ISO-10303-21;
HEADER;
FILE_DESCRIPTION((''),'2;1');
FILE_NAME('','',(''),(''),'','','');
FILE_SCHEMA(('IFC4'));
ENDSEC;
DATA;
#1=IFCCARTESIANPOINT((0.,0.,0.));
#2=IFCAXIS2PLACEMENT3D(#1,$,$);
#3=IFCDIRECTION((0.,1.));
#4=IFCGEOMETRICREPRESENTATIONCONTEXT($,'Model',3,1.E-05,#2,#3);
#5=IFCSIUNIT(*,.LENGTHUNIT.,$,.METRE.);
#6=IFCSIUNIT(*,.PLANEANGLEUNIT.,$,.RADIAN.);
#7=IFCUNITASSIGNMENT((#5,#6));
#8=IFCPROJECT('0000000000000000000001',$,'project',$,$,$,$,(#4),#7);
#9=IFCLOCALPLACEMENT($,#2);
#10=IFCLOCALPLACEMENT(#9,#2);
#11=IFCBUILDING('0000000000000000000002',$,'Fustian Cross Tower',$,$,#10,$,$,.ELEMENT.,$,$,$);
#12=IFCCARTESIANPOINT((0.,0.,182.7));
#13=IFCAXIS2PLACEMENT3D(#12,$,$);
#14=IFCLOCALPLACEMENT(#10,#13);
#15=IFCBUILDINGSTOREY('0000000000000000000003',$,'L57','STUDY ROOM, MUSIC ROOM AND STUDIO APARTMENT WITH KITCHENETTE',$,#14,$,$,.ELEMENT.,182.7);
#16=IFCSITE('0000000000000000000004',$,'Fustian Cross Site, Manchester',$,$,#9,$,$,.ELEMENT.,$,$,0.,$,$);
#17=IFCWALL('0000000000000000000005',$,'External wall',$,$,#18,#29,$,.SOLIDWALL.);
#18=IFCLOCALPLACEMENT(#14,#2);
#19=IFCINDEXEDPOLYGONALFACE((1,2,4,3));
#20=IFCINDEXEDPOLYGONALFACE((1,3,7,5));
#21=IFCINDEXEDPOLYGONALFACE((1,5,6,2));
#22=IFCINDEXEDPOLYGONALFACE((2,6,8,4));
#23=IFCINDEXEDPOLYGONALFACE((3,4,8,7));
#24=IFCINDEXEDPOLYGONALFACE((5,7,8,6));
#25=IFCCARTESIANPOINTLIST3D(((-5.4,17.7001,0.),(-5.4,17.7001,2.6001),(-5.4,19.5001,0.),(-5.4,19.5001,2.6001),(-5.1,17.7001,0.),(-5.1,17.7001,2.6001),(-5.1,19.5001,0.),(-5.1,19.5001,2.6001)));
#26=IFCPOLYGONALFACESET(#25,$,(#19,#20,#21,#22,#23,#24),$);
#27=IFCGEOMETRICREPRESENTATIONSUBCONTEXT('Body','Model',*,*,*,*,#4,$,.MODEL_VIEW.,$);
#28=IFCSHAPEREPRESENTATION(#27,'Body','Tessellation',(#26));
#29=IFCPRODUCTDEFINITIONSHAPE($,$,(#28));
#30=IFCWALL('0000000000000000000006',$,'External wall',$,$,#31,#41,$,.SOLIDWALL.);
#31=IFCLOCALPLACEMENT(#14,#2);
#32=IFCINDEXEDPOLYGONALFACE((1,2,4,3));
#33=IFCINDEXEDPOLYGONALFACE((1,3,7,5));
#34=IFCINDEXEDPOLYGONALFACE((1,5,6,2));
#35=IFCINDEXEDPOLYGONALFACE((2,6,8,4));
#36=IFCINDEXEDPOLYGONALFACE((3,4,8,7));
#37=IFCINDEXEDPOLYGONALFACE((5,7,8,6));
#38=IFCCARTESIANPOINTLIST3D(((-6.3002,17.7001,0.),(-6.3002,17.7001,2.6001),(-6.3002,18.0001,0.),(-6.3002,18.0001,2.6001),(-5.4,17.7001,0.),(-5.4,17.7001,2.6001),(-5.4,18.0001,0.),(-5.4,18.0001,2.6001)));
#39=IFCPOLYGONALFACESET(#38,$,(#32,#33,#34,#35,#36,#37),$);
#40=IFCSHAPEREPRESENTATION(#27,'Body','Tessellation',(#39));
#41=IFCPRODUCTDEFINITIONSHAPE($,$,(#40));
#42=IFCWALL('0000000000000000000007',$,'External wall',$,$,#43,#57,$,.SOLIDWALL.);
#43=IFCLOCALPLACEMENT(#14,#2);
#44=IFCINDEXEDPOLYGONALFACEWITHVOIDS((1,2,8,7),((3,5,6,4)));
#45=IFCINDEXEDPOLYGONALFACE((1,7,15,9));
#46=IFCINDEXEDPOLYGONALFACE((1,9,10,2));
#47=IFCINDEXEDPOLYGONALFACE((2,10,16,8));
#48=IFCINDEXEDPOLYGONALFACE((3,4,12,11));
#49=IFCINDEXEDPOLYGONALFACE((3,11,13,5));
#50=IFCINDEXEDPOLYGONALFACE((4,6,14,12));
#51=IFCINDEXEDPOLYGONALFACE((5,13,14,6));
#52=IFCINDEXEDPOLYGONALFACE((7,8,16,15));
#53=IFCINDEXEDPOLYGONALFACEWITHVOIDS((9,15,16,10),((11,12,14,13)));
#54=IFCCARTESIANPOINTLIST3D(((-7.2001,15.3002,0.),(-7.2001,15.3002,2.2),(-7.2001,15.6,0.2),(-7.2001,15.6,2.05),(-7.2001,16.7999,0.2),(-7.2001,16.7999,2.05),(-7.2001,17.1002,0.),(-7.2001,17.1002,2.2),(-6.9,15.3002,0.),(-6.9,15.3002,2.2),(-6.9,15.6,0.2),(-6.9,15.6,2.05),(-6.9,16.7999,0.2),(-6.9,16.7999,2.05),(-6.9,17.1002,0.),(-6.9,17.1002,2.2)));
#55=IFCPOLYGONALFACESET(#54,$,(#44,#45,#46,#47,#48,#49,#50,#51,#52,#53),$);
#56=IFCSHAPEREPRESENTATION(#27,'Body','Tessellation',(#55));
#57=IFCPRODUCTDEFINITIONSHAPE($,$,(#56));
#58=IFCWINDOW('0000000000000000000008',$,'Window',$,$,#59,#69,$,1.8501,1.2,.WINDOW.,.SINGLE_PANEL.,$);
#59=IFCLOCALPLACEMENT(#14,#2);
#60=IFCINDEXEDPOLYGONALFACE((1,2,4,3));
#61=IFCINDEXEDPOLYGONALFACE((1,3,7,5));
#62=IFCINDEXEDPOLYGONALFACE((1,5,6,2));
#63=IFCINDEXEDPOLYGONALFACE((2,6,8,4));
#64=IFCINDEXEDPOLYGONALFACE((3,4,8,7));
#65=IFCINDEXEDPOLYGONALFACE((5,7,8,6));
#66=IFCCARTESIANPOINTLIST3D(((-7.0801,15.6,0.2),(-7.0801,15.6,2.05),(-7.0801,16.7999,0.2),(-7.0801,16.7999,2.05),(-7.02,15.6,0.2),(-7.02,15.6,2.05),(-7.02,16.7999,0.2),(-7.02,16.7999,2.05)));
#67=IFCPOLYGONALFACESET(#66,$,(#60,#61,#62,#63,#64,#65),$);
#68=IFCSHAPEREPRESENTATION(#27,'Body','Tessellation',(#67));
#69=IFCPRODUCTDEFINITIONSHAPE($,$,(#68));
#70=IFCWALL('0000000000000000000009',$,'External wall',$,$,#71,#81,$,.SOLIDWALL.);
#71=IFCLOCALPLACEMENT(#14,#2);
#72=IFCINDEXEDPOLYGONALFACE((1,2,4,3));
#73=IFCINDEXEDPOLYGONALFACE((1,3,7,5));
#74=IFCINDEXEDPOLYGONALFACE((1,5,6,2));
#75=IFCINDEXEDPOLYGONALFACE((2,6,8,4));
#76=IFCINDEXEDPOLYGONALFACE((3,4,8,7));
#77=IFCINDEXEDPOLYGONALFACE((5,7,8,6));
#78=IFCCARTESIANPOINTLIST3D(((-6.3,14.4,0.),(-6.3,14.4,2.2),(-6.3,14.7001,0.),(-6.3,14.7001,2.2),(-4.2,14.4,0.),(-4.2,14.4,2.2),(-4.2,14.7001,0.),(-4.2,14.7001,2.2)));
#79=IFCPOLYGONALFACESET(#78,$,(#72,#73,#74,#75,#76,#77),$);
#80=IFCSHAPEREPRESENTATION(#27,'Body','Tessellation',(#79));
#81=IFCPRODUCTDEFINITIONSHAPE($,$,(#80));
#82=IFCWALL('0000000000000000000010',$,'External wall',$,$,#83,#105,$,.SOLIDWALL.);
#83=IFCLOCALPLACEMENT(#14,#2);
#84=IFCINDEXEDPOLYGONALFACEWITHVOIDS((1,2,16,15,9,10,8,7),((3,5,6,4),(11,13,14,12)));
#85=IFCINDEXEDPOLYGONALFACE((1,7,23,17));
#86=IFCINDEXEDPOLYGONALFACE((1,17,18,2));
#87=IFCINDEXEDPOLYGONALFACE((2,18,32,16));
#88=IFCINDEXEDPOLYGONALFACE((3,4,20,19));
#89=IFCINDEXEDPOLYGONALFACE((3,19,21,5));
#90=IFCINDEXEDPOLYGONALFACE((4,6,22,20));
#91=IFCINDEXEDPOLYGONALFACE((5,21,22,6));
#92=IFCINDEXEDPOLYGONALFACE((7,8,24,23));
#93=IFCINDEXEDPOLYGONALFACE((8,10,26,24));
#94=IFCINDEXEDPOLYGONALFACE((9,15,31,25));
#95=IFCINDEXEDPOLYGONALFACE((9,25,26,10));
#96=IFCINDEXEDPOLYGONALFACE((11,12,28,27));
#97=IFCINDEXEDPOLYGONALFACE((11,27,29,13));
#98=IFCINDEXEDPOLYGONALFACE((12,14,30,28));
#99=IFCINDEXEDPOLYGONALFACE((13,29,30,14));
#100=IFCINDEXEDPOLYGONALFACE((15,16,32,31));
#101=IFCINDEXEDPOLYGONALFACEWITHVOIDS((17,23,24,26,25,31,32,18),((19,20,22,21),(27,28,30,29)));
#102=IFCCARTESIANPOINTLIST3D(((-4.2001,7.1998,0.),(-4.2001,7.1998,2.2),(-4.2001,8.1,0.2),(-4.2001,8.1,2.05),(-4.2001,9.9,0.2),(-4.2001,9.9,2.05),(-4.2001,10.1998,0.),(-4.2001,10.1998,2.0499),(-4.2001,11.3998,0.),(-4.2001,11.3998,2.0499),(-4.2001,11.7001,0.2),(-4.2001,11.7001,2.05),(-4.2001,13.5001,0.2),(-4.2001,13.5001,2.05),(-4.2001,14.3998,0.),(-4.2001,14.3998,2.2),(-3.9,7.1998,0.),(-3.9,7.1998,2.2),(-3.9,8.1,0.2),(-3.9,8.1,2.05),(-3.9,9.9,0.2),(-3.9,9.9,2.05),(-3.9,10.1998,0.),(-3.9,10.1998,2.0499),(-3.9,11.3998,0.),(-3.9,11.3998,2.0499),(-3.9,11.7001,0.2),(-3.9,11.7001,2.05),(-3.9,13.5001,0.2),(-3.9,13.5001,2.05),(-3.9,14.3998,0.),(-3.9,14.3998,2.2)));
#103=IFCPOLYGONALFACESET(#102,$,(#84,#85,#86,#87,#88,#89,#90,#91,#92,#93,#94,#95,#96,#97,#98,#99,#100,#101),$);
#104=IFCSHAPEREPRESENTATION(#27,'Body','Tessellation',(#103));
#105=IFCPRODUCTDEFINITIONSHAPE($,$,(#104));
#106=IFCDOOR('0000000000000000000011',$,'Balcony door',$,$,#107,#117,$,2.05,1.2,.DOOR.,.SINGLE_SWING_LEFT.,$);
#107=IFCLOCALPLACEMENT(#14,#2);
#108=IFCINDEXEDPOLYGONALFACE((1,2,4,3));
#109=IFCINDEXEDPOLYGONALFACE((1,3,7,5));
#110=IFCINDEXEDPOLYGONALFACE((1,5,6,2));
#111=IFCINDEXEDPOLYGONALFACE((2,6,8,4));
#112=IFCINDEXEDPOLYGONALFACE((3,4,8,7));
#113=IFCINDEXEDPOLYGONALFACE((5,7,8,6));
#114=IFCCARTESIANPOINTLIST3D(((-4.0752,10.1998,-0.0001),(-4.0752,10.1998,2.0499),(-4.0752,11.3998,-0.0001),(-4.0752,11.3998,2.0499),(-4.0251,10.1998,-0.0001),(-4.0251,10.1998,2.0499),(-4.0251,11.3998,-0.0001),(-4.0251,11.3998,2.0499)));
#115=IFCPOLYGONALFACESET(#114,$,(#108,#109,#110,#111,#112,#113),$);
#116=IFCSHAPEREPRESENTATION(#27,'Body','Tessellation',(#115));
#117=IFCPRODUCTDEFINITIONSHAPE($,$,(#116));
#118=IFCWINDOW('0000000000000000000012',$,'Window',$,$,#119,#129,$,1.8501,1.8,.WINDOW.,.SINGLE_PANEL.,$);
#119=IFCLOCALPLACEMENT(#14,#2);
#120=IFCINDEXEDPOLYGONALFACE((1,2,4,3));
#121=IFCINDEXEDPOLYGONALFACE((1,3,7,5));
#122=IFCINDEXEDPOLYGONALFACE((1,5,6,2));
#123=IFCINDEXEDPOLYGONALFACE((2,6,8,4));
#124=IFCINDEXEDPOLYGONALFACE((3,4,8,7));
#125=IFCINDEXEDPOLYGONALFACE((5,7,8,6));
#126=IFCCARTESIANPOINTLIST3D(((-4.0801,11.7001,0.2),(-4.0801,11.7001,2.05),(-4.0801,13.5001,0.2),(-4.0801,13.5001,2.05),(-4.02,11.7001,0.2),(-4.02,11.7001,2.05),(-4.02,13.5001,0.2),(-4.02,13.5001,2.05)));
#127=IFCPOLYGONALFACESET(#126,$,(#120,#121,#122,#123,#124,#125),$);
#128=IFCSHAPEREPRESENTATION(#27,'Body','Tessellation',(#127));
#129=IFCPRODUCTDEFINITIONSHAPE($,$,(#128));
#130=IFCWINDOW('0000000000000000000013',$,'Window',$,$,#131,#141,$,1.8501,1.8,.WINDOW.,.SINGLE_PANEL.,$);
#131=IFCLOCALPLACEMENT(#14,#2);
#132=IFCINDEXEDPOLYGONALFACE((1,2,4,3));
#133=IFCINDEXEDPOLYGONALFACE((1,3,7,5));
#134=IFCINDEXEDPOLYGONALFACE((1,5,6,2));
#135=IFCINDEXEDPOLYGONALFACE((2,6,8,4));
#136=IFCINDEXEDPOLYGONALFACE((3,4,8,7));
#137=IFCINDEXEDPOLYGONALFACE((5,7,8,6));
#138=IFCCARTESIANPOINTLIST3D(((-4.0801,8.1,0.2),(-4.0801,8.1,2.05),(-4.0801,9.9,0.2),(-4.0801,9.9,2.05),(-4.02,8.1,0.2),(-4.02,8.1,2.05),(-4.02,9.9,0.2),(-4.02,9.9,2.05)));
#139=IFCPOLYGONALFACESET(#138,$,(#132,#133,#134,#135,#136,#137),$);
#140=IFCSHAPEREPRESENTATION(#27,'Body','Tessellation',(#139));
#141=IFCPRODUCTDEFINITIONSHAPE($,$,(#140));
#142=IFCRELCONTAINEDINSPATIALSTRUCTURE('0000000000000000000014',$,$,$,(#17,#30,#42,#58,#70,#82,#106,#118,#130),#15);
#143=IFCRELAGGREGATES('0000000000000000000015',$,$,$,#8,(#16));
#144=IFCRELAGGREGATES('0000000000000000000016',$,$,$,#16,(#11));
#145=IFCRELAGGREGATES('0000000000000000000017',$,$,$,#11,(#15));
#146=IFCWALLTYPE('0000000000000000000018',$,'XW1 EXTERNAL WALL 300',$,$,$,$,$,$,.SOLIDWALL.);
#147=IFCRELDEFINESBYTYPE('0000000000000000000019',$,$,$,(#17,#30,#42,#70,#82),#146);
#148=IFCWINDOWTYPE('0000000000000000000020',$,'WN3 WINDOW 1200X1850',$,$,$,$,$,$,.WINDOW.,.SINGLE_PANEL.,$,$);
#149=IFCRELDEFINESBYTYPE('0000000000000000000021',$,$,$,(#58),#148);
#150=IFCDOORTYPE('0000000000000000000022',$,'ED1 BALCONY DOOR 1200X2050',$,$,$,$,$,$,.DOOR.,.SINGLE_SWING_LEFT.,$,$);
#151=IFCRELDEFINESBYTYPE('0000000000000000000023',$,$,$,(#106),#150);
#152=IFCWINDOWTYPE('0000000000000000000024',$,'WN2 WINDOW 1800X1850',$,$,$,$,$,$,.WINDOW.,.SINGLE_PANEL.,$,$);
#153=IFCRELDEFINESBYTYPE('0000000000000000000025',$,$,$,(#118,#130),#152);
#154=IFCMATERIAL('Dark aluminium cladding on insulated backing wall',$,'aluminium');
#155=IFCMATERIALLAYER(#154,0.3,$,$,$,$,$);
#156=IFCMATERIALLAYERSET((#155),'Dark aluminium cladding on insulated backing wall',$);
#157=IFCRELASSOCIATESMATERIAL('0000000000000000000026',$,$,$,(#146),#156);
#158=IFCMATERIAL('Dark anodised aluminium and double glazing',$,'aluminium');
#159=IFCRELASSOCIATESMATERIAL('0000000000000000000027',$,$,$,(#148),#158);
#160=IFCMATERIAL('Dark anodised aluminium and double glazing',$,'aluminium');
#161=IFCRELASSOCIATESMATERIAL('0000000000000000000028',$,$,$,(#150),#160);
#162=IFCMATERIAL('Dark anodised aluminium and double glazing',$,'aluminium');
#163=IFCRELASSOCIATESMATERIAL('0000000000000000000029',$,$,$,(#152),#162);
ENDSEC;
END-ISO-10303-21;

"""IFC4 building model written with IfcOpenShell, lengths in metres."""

from ifc_helpers import new_model, si_unit, direction, frame, frame_2d, origin, place, context, subcontext, project, spatial, rectangle, extrude, material, layer, layer_set, type_object, element, fill, save


model = new_model("IFC4")

# Units and contexts
model_context = context("Model", 3, precision=1e-05, world=origin(), true_north=direction((0.0, 1.0)))
body_context = subcontext(model_context, "Body", "Model", "MODEL_VIEW")
ifc_project = project(units=[si_unit("LENGTHUNIT", "METRE"), si_unit("PLANEANGLEUNIT", "RADIAN")], contexts=[model_context])

# Site, building, storey
site_placement = place(None, origin())
site = spatial("IfcSite", under=ifc_project, at=site_placement, Name="Fustian Cross Site, Manchester", CompositionType="ELEMENT", RefElevation=0.0)
building_placement = place(site_placement, origin())
building = spatial("IfcBuilding", under=site, at=building_placement, Name="Fustian Cross Tower", CompositionType="ELEMENT")
storey_placement = place(building_placement, frame((0.0, 0.0, 182.7)))
storey = spatial("IfcBuildingStorey", under=building, at=storey_placement, Name="L57", Description="STUDY ROOM, MUSIC ROOM AND STUDIO APARTMENT WITH KITCHENETTE", CompositionType="ELEMENT", Elevation=182.7)

# Shared definitions
ifc_material_1 = material(Name="Dark aluminium cladding on insulated backing wall", Category="aluminium")
ifc_layer_1 = layer(ifc_material_1, 0.3)
ifc_layer_set_1 = layer_set([ifc_layer_1], Name="Dark aluminium cladding on insulated backing wall")
wall_type_1 = type_object("IfcWallType", Name="XW1 EXTERNAL WALL 300", PredefinedType="SOLIDWALL", material=ifc_layer_set_1)

# Shared definitions
ifc_material_2 = material(Name="Dark anodised aluminium and double glazing", Category="aluminium")
window_type_1 = type_object("IfcWindowType", Name="WN3 WINDOW 1200X1850", PartitioningType="SINGLE_PANEL", PredefinedType="WINDOW", material=ifc_material_2)

# Walls
wall_1_placement = place(storey_placement, frame((-5.25, 19.5, 0.0), z_axis=(0.0, 0.0, 1.0), x_axis=(0.0, -1.0, 0.0)))
element("IfcWall", 1, at=wall_1_placement, inside=storey, type_object=wall_type_1, Name="External wall", PredefinedType="SOLIDWALL", context=body_context, shape_type="SweptSolid", body=[
    extrude(rectangle(XDim=1.8, YDim=0.3, at=frame_2d((0.8999, 0.0))), origin(), (0.0, 0.0, 1.0), 2.6001),
])
wall_2_placement = place(storey_placement, frame((-5.3999, 17.8501, 0.0), z_axis=(0.0, 0.0, 1.0), x_axis=(-1.0, 0.0, 0.0)))
element("IfcWall", 2, at=wall_2_placement, inside=storey, type_object=wall_type_1, Name="External wall", PredefinedType="SOLIDWALL", context=body_context, shape_type="SweptSolid", body=[
    extrude(rectangle(XDim=0.9001, YDim=0.3, at=frame_2d((0.4502, 0.0))), origin(), (0.0, 0.0, 1.0), 2.6001),
])

# Wall, opening, window
wall_3_placement = place(storey_placement, frame((-7.05, 17.1001, 0.0), z_axis=(0.0, 0.0, 1.0), x_axis=(0.0, -1.0, 0.0)))
wall_3 = element("IfcWall", 3, at=wall_3_placement, inside=storey, type_object=wall_type_1, Name="External wall", PredefinedType="SOLIDWALL", context=body_context, shape_type="SweptSolid", body=[
    extrude(rectangle(XDim=1.8, YDim=0.3, at=frame_2d((0.8999, 0.0))), origin(), (0.0, 0.0, 1.0), 2.2),
])
opening_1_placement = place(wall_3_placement, frame((0.3, 0.0, 0.2)))
opening_1 = element("IfcOpeningElement", 4, at=opening_1_placement, cuts=wall_3, PredefinedType="OPENING", context=body_context, shape_type="SweptSolid", body=[
    extrude(rectangle(XDim=1.2, YDim=1.8501, at=frame_2d((0.6001, 0.925))), frame((0.0, 0.1599, 0.0), z_axis=(0.0, -1.0, 0.0), x_axis=(1.0, 0.0, 0.0)), (0.0, 0.0, 1.0), 0.3201),
])
window_1_placement = place(opening_1_placement, origin())
window_1 = element("IfcWindow", 5, at=window_1_placement, inside=storey, type_object=window_type_1, Name="Window", OverallHeight=1.8501, OverallWidth=1.2, PartitioningType="SINGLE_PANEL", PredefinedType="WINDOW", context=body_context, shape_type="SweptSolid", body=[
    extrude(rectangle(XDim=1.2, YDim=1.8501, at=frame_2d((0.6001, 0.925))), frame((0.0, 0.03, 0.0), z_axis=(0.0, -1.0, 0.0), x_axis=(1.0, 0.0, 0.0)), (0.0, 0.0, 1.0), 0.0601),
])
fill(opening_1, window_1)

# Wall
wall_4_placement = place(storey_placement, frame((-6.3, 14.55, 0.0), z_axis=(0.0, 0.0, 1.0), x_axis=(1.0, 0.0, 0.0)))
element("IfcWall", 6, at=wall_4_placement, inside=storey, type_object=wall_type_1, Name="External wall", PredefinedType="SOLIDWALL", context=body_context, shape_type="SweptSolid", body=[
    extrude(rectangle(XDim=2.1001, YDim=0.3, at=frame_2d((1.05, 0.0))), origin(), (0.0, 0.0, 1.0), 2.2),
])

# Wall, openings, door, windows
wall_5_placement = place(storey_placement, frame((-4.05, 14.3999, 0.0), z_axis=(0.0, 0.0, 1.0), x_axis=(0.0, -1.0, 0.0)))
wall_5 = element("IfcWall", 7, at=wall_5_placement, inside=storey, type_object=wall_type_1, Name="External wall", PredefinedType="SOLIDWALL", context=body_context, shape_type="SweptSolid", body=[
    extrude(rectangle(XDim=7.2, YDim=0.3, at=frame_2d((3.6001, 0.0))), origin(), (0.0, 0.0, 1.0), 2.2),
])
opening_2_placement = place(wall_5_placement, frame((3.0, 0.0, 0.0)))
opening_2 = element("IfcOpeningElement", 8, at=opening_2_placement, cuts=wall_5, PredefinedType="OPENING", context=body_context, shape_type="SweptSolid", body=[
    extrude(rectangle(XDim=1.2, YDim=2.05, at=frame_2d((0.6001, 1.0249))), frame((0.0, 0.1599, 0.0), z_axis=(0.0, -1.0, 0.0), x_axis=(1.0, 0.0, 0.0)), (0.0, 0.0, 1.0), 0.3201),
])
opening_3_placement = place(wall_5_placement, frame((0.8999, 0.0, 0.2)))
opening_3 = element("IfcOpeningElement", 9, at=opening_3_placement, cuts=wall_5, PredefinedType="OPENING", context=body_context, shape_type="SweptSolid", body=[
    extrude(rectangle(XDim=1.8, YDim=1.8501, at=frame_2d((0.8999, 0.925))), frame((0.0, 0.1599, 0.0), z_axis=(0.0, -1.0, 0.0), x_axis=(1.0, 0.0, 0.0)), (0.0, 0.0, 1.0), 0.3201),
])
opening_4_placement = place(wall_5_placement, frame((4.5, 0.0, 0.2)))
opening_4 = element("IfcOpeningElement", 10, at=opening_4_placement, cuts=wall_5, PredefinedType="OPENING", context=body_context, shape_type="SweptSolid", body=[
    extrude(rectangle(XDim=1.8, YDim=1.8501, at=frame_2d((0.8999, 0.925))), frame((0.0, 0.1599, 0.0), z_axis=(0.0, -1.0, 0.0), x_axis=(1.0, 0.0, 0.0)), (0.0, 0.0, 1.0), 0.3201),
])
ifc_material_3 = material(Name="Dark anodised aluminium and double glazing", Category="aluminium")
door_type = type_object("IfcDoorType", Name="ED1 BALCONY DOOR 1200X2050", OperationType="SINGLE_SWING_LEFT", PredefinedType="DOOR", material=ifc_material_3)
door_placement = place(opening_2_placement, origin())
door = element("IfcDoor", 11, at=door_placement, inside=storey, type_object=door_type, Name="Balcony door", OperationType="SINGLE_SWING_LEFT", OverallHeight=2.05, OverallWidth=1.2, PredefinedType="DOOR", context=body_context, shape_type="SweptSolid", body=[
    extrude(rectangle(XDim=1.2, YDim=2.05, at=frame_2d((0.6001, 1.0249))), frame((0.0, 0.0249, 0.0), z_axis=(0.0, -1.0, 0.0), x_axis=(1.0, 0.0, 0.0)), (0.0, 0.0, 1.0), 0.05),
])
fill(opening_2, door)
ifc_material_4 = material(Name="Dark anodised aluminium and double glazing", Category="aluminium")
window_type_2 = type_object("IfcWindowType", Name="WN2 WINDOW 1800X1850", PartitioningType="SINGLE_PANEL", PredefinedType="WINDOW", material=ifc_material_4)
window_2_placement = place(opening_3_placement, origin())
window_2 = element("IfcWindow", 12, at=window_2_placement, inside=storey, type_object=window_type_2, Name="Window", OverallHeight=1.8501, OverallWidth=1.8, PartitioningType="SINGLE_PANEL", PredefinedType="WINDOW", context=body_context, shape_type="SweptSolid", body=[
    extrude(rectangle(XDim=1.8, YDim=1.8501, at=frame_2d((0.8999, 0.925))), frame((0.0, 0.03, 0.0), z_axis=(0.0, -1.0, 0.0), x_axis=(1.0, 0.0, 0.0)), (0.0, 0.0, 1.0), 0.0601),
])
fill(opening_3, window_2)
window_3_placement = place(opening_4_placement, origin())
window_3 = element("IfcWindow", 13, at=window_3_placement, inside=storey, type_object=window_type_2, Name="Window", OverallHeight=1.8501, OverallWidth=1.8, PartitioningType="SINGLE_PANEL", PredefinedType="WINDOW", context=body_context, shape_type="SweptSolid", body=[
    extrude(rectangle(XDim=1.8, YDim=1.8501, at=frame_2d((0.8999, 0.925))), frame((0.0, 0.03, 0.0), z_axis=(0.0, -1.0, 0.0), x_axis=(1.0, 0.0, 0.0)), (0.0, 0.0, 1.0), 0.0601),
])
fill(opening_4, window_3)

save(model, "model.ifc")
